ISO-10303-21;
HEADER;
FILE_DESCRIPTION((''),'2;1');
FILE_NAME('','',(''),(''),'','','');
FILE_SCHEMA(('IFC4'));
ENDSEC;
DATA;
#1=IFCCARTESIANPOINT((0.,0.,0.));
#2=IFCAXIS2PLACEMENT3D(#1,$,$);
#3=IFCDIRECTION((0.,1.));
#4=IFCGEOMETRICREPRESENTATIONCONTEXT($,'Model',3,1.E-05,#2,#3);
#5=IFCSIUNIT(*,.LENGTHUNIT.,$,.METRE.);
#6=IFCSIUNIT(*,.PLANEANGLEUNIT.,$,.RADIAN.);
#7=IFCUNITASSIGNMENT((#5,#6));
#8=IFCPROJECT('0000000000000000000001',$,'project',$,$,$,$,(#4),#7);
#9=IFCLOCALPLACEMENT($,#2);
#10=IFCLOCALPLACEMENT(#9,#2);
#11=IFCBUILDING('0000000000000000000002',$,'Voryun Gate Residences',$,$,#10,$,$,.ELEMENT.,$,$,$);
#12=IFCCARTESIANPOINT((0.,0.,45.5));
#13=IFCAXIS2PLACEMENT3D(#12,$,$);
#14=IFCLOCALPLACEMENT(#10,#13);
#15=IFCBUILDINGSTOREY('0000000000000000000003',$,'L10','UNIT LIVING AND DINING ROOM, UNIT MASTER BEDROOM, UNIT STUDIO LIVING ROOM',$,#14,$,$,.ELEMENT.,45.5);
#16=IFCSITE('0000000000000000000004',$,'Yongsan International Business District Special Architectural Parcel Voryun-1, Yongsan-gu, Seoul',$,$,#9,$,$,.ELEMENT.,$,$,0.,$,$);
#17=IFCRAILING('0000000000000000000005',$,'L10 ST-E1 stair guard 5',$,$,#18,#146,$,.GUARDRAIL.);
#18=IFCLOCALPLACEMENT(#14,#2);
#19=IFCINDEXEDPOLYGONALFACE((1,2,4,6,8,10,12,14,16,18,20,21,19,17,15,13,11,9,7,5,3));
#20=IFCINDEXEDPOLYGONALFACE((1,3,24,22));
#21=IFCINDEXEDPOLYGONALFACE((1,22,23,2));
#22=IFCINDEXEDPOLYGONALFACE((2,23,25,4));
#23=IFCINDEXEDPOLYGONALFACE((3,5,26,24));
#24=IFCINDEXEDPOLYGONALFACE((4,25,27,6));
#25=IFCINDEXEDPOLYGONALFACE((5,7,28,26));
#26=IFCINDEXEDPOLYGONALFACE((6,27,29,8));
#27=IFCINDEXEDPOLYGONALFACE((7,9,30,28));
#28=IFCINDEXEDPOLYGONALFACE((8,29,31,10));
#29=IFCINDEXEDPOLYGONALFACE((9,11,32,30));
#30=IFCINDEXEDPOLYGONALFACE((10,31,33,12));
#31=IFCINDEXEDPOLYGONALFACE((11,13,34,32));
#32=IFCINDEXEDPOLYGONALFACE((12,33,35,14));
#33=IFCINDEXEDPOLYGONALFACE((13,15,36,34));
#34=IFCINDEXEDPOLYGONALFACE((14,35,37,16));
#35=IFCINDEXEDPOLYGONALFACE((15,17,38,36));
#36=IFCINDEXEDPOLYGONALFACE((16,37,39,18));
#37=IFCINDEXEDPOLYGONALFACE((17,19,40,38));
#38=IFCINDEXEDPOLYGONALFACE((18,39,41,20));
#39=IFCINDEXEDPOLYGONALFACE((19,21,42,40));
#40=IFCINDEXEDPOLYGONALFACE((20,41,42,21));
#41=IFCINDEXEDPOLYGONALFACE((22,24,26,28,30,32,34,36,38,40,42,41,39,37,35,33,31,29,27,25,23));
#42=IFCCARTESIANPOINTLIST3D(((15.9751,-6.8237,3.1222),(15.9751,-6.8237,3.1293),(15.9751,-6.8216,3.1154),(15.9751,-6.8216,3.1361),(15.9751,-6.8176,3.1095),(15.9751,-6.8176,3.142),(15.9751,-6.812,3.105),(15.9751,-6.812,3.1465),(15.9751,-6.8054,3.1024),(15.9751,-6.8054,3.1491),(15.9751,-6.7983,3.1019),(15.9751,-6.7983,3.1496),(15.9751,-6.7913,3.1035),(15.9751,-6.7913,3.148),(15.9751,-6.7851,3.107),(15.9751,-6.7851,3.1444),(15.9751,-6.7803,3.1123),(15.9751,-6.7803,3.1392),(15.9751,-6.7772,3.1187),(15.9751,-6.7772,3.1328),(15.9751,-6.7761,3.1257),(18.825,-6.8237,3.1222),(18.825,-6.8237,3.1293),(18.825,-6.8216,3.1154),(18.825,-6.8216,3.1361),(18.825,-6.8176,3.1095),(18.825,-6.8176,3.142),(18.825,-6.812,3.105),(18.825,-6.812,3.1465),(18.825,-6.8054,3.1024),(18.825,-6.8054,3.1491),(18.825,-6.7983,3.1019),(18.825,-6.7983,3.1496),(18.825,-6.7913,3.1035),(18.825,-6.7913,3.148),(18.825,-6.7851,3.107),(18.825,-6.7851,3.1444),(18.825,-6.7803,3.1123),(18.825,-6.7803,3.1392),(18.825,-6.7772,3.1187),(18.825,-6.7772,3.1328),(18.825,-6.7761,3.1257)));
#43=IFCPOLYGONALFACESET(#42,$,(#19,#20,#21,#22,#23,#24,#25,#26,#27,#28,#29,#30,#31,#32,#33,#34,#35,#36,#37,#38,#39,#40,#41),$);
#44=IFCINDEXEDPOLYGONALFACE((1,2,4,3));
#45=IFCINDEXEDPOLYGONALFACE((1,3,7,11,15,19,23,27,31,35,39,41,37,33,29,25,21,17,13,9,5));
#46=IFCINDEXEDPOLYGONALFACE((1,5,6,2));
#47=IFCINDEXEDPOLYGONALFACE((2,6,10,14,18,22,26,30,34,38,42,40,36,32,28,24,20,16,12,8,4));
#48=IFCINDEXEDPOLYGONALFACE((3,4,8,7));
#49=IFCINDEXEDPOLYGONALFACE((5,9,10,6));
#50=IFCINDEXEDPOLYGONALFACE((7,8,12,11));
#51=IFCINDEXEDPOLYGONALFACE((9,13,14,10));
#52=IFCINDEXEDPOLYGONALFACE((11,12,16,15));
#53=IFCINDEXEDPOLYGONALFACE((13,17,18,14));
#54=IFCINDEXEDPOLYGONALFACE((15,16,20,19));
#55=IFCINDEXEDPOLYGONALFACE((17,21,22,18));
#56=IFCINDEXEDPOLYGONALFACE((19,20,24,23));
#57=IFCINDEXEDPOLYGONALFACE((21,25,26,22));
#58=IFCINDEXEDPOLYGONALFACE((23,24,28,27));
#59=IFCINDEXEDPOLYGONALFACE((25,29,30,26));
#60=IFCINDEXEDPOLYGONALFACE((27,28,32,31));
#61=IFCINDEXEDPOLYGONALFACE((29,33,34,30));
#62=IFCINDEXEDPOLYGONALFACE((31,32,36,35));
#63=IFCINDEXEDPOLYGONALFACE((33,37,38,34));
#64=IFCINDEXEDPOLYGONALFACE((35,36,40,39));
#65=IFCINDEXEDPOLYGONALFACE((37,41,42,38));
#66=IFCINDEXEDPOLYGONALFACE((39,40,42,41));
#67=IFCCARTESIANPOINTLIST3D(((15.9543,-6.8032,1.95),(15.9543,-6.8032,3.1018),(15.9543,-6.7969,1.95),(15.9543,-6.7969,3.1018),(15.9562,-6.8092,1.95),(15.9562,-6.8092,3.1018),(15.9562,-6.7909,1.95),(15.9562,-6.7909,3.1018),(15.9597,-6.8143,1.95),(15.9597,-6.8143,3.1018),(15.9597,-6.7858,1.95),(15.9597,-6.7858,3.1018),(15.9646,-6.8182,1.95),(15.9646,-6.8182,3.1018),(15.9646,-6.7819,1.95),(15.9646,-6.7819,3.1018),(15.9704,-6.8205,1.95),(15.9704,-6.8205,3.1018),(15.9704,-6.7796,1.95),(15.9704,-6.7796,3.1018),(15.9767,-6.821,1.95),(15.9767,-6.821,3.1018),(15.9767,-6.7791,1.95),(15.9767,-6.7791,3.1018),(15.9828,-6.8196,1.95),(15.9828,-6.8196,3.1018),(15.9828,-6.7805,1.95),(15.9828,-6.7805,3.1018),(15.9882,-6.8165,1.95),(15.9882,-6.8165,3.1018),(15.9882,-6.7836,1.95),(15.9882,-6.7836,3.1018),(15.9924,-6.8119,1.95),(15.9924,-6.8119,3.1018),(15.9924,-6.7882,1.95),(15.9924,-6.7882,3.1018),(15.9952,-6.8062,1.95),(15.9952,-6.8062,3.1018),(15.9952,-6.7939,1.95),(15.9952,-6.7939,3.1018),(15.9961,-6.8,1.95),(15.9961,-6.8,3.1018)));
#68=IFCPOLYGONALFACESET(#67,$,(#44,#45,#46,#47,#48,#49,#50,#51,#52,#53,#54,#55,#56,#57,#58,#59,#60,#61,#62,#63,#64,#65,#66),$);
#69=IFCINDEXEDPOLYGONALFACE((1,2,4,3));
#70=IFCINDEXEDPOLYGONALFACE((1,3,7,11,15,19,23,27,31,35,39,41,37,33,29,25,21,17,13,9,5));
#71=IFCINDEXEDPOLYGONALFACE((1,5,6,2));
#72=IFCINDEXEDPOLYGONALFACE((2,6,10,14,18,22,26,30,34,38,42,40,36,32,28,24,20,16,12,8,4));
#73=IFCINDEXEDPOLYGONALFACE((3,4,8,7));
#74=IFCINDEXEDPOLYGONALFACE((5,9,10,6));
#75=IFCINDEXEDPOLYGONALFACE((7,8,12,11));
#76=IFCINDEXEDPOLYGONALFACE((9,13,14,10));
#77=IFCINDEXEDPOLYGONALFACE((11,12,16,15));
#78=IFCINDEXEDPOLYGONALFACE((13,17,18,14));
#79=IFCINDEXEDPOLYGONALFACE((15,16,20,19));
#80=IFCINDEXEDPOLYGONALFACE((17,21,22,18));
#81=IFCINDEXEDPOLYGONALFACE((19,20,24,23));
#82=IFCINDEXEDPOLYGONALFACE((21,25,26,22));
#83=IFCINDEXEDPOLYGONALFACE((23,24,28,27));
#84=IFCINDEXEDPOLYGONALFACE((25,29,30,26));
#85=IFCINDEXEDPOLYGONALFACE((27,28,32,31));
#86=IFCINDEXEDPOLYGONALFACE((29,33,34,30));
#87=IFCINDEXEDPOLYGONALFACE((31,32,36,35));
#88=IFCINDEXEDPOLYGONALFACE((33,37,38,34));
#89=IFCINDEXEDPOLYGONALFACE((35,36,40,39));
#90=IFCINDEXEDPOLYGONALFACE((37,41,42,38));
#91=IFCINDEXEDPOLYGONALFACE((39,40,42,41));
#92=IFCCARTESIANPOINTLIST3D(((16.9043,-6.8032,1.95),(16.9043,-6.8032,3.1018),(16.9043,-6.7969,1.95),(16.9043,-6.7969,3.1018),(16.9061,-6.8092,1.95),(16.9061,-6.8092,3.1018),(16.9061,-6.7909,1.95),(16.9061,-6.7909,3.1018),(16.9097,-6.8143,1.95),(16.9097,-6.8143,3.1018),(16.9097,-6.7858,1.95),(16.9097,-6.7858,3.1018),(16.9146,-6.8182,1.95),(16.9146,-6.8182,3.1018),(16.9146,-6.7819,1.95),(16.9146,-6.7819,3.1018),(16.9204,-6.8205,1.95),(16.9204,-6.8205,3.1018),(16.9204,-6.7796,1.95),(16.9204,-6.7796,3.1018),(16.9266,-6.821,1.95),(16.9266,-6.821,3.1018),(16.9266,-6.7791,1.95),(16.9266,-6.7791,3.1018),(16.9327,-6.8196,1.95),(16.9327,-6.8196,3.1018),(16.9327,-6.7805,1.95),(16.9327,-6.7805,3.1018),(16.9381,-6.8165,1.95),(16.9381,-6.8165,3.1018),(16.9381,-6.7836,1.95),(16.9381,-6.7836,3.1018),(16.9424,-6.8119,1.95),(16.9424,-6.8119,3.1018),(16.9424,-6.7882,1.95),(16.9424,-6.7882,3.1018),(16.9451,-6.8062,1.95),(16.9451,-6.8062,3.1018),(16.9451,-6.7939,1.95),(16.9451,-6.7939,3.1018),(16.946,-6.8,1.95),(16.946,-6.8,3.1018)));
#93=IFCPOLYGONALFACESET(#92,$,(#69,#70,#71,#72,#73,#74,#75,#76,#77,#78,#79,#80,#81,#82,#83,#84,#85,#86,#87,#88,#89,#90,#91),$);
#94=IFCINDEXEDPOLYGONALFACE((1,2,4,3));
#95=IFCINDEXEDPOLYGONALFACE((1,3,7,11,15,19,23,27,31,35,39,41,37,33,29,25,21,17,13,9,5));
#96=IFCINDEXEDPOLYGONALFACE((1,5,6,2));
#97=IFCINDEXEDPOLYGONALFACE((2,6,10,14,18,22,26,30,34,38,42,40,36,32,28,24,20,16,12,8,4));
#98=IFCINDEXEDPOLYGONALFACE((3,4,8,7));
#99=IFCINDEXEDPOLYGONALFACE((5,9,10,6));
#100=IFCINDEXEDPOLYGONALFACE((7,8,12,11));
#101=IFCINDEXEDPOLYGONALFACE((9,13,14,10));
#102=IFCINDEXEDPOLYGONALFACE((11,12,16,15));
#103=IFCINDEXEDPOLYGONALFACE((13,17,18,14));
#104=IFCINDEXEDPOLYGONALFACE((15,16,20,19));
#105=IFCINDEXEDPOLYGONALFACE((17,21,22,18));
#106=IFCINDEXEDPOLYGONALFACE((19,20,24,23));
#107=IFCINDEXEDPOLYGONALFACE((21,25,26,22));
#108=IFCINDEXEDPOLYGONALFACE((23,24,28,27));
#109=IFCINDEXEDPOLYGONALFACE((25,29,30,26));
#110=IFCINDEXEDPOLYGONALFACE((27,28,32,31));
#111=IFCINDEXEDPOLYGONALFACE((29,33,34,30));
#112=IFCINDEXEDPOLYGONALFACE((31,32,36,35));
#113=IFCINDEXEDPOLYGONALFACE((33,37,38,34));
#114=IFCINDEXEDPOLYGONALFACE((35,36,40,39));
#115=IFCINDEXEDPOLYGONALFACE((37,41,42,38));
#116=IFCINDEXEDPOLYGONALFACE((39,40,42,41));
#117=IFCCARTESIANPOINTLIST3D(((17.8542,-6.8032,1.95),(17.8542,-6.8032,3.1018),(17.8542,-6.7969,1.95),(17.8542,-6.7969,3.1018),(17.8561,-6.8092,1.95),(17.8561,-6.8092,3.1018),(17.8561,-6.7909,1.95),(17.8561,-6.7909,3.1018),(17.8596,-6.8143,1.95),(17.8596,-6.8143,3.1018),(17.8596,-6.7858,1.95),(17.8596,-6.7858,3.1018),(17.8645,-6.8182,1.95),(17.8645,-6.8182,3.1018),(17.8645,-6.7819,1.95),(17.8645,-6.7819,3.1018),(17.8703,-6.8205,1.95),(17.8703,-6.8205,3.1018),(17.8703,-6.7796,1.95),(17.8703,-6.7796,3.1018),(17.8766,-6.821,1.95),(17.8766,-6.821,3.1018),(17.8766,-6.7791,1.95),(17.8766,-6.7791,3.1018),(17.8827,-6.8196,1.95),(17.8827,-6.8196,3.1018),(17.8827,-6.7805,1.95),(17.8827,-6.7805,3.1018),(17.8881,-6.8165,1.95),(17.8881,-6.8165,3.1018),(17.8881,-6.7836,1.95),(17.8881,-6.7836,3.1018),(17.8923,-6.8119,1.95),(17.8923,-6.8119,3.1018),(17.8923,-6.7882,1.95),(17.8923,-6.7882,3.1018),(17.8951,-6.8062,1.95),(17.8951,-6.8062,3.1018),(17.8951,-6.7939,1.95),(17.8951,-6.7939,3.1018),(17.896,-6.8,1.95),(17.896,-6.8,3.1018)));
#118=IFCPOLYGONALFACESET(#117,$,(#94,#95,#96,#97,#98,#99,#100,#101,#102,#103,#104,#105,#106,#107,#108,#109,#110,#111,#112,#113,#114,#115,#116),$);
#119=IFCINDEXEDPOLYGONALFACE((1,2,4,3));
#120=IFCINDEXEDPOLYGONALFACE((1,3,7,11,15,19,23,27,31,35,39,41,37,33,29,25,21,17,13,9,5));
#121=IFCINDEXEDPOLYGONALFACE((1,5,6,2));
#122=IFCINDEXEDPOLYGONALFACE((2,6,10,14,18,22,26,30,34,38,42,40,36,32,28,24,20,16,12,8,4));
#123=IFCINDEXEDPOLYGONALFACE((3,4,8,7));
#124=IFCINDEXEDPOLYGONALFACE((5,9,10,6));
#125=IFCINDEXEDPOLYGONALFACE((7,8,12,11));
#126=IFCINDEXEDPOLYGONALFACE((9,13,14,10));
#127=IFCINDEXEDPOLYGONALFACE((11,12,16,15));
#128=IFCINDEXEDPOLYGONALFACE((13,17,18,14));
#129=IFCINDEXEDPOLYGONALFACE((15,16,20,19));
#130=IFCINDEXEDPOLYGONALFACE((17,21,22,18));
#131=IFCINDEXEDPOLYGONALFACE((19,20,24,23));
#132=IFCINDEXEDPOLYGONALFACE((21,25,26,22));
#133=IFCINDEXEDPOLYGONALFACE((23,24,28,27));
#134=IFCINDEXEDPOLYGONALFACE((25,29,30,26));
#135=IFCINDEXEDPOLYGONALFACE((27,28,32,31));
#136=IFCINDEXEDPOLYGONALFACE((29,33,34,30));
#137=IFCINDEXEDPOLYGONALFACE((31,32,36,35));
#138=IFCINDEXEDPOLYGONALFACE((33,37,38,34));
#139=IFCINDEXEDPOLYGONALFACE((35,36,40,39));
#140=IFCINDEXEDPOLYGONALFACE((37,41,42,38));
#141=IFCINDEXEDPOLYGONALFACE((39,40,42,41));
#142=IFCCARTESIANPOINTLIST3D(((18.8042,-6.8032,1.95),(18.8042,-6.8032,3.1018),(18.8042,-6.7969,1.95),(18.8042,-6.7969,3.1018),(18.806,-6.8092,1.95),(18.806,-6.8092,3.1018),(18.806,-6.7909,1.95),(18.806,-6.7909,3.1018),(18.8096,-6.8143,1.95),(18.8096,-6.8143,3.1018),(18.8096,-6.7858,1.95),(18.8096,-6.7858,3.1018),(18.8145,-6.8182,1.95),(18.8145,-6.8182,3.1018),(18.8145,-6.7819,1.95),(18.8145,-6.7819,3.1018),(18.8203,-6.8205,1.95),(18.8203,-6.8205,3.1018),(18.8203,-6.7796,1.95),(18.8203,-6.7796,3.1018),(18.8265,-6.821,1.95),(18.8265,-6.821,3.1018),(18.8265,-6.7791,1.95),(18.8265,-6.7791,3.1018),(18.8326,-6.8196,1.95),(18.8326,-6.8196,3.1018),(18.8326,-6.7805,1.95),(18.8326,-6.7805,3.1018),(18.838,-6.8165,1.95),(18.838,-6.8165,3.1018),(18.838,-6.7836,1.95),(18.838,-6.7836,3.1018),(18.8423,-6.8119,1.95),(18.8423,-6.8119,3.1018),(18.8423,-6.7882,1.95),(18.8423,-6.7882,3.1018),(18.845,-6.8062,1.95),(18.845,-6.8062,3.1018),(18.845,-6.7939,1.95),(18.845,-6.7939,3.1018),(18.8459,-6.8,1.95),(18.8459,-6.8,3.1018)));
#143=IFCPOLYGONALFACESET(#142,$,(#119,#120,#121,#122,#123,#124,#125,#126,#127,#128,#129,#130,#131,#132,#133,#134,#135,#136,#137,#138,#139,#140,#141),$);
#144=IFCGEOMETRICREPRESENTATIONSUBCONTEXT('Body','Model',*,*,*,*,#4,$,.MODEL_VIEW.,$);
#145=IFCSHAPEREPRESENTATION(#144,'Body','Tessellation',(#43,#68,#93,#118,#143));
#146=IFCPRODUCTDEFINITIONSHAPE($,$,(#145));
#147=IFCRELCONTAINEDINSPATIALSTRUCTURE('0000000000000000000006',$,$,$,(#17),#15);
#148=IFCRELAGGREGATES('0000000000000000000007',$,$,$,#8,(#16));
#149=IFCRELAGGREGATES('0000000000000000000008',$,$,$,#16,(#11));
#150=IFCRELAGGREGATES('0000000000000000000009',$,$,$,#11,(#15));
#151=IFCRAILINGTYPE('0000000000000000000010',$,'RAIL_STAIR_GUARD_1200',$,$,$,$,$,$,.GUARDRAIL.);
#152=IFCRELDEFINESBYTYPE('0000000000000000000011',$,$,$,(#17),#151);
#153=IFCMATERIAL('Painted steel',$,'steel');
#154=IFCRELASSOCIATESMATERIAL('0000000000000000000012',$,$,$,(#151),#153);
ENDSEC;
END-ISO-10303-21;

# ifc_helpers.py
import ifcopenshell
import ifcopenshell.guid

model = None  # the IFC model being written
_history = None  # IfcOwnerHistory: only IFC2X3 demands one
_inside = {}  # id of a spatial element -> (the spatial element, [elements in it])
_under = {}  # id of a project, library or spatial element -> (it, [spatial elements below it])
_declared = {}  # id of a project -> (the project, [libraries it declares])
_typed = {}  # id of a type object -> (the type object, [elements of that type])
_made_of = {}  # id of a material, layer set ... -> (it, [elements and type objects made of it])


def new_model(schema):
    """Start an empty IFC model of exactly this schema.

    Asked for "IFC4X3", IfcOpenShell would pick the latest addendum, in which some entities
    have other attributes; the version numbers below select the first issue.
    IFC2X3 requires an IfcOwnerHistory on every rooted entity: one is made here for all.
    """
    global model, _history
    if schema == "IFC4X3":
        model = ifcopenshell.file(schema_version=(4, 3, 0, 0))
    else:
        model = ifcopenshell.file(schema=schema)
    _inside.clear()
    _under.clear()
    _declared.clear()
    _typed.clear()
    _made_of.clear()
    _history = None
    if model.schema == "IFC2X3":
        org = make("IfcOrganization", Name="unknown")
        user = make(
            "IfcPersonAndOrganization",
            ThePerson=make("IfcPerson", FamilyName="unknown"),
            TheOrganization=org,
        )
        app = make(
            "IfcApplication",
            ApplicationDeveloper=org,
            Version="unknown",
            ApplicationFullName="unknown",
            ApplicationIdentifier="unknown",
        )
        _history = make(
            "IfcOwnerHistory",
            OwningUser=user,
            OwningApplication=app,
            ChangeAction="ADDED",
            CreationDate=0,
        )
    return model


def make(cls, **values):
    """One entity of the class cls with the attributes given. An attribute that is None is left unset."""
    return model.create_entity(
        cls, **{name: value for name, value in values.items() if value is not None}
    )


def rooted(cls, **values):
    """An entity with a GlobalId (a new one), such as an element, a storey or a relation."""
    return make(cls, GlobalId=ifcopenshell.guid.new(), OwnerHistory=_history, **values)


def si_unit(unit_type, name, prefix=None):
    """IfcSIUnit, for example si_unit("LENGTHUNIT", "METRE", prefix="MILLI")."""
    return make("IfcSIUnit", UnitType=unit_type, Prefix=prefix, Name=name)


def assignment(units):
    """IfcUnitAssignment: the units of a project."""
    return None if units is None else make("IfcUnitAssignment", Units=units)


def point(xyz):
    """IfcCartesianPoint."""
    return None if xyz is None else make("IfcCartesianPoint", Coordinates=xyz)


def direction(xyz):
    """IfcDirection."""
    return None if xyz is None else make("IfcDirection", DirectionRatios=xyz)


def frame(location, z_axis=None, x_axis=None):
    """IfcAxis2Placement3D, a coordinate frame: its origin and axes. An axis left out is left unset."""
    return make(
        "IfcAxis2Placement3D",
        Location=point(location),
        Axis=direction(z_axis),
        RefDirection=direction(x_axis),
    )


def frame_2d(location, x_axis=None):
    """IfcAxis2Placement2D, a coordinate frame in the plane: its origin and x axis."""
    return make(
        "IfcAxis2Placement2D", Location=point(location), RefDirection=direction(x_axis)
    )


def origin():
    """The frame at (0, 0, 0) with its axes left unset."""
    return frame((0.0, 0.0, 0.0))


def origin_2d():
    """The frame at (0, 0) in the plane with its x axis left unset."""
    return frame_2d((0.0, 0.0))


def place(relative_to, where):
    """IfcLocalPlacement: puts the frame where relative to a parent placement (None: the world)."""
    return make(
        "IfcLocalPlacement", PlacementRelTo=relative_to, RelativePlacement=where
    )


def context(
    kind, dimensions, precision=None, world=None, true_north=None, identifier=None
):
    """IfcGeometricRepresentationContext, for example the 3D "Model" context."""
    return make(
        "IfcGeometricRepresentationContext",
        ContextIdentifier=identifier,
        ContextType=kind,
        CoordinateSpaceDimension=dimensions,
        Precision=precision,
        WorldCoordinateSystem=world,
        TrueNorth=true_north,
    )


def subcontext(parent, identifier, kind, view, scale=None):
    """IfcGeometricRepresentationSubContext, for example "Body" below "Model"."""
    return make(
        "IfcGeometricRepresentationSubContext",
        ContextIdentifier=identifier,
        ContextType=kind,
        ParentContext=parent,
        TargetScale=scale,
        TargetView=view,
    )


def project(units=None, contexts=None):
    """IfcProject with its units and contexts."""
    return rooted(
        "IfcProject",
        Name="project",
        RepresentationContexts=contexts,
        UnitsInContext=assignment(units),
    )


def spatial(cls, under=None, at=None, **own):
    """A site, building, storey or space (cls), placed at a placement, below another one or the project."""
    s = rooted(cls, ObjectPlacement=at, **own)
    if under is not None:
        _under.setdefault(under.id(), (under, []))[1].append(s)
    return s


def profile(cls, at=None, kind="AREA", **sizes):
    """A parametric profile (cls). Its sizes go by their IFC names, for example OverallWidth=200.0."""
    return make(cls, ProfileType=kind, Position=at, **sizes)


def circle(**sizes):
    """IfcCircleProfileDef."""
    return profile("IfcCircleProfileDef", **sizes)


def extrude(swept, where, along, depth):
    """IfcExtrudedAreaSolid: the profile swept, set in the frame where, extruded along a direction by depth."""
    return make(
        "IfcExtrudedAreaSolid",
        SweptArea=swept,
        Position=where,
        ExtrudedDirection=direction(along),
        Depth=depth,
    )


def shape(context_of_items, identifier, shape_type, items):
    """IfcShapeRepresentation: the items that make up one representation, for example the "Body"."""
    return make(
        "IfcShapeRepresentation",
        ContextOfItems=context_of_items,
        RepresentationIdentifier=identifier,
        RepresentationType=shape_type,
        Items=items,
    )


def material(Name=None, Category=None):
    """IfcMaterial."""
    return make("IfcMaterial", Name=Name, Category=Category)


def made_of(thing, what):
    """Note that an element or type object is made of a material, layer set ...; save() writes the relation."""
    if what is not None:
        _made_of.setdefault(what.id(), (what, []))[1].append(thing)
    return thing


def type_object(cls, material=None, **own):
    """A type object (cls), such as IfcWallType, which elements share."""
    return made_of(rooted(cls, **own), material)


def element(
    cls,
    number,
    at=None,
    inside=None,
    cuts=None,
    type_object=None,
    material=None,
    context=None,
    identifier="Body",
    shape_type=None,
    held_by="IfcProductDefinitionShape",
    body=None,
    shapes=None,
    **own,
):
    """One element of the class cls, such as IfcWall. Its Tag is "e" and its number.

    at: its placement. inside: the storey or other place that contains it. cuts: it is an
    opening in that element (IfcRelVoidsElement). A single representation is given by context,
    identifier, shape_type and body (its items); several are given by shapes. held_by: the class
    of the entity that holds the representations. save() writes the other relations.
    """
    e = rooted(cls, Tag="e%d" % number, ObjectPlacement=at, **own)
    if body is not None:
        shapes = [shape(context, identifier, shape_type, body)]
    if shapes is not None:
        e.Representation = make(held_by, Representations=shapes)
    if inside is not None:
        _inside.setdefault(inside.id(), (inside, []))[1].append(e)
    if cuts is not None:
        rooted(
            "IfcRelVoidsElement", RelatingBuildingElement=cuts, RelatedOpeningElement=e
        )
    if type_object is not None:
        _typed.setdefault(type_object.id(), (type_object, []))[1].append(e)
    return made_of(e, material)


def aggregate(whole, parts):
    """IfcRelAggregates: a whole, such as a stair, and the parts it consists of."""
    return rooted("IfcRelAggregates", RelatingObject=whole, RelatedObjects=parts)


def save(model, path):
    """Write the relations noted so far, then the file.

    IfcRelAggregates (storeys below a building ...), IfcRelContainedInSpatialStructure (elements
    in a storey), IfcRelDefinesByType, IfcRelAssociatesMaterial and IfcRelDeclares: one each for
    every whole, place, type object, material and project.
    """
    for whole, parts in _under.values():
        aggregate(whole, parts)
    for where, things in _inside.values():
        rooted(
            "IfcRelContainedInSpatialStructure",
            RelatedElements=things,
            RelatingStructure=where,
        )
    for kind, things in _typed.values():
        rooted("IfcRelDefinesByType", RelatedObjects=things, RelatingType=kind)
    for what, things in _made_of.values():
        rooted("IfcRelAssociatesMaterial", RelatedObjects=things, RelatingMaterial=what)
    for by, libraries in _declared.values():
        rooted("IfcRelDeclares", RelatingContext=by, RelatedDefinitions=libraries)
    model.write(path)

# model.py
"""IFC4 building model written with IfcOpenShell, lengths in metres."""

from ifc_helpers import new_model, si_unit, direction, frame, origin, origin_2d, place, context, subcontext, project, spatial, circle, extrude, material, type_object, element, save


model = new_model("IFC4")

# Units and contexts
model_context = context("Model", 3, precision=1e-05, world=origin(), true_north=direction((0.0, 1.0)))
body_context = subcontext(model_context, "Body", "Model", "MODEL_VIEW")
ifc_project = project(units=[si_unit("LENGTHUNIT", "METRE"), si_unit("PLANEANGLEUNIT", "RADIAN")], contexts=[model_context])

# Site, building, storey
site_placement = place(None, origin())
site = spatial("IfcSite", under=ifc_project, at=site_placement, Name="Yongsan International Business District Special Architectural Parcel Voryun-1, Yongsan-gu, Seoul", CompositionType="ELEMENT", RefElevation=0.0)
building_placement = place(site_placement, origin())
building = spatial("IfcBuilding", under=site, at=building_placement, Name="Voryun Gate Residences", CompositionType="ELEMENT")
storey_placement = place(building_placement, frame((0.0, 0.0, 45.5)))
storey = spatial("IfcBuildingStorey", under=building, at=storey_placement, Name="L10", Description="UNIT LIVING AND DINING ROOM, UNIT MASTER BEDROOM, UNIT STUDIO LIVING ROOM", CompositionType="ELEMENT", Elevation=45.5)

# Railing
ifc_material_1 = material(Name="Painted steel", Category="steel")
railing_type_1 = type_object("IfcRailingType", Name="RAIL_STAIR_GUARD_1200", PredefinedType="GUARDRAIL", material=ifc_material_1)
railing_1_placement = place(storey_placement, frame((15.9751, -6.8, 1.95)))
element("IfcRailing", 1, at=railing_1_placement, inside=storey, type_object=railing_type_1, Name="L10 ST-E1 stair guard 5", PredefinedType="GUARDRAIL", context=body_context, shape_type="SweptSolid", body=[
    extrude(circle(Radius=0.0239, at=origin_2d()), frame((0.0, 0.0, 1.1758), z_axis=(1.0, 0.0, 0.0), x_axis=(0.0, 1.0, 0.0)), (0.0, 0.0, 1.0), 2.8499),
    extrude(circle(Radius=0.021, at=origin_2d()), origin(), (0.0, 0.0, 1.0), 1.1519),
    extrude(circle(Radius=0.021, at=origin_2d()), frame((0.95, 0.0, 0.0)), (0.0, 0.0, 1.0), 1.1519),
    extrude(circle(Radius=0.021, at=origin_2d()), frame((1.8999, 0.0, 0.0)), (0.0, 0.0, 1.0), 1.1519),
    extrude(circle(Radius=0.021, at=origin_2d()), frame((2.8499, 0.0, 0.0)), (0.0, 0.0, 1.0), 1.1519),
])

save(model, "model.ifc")
